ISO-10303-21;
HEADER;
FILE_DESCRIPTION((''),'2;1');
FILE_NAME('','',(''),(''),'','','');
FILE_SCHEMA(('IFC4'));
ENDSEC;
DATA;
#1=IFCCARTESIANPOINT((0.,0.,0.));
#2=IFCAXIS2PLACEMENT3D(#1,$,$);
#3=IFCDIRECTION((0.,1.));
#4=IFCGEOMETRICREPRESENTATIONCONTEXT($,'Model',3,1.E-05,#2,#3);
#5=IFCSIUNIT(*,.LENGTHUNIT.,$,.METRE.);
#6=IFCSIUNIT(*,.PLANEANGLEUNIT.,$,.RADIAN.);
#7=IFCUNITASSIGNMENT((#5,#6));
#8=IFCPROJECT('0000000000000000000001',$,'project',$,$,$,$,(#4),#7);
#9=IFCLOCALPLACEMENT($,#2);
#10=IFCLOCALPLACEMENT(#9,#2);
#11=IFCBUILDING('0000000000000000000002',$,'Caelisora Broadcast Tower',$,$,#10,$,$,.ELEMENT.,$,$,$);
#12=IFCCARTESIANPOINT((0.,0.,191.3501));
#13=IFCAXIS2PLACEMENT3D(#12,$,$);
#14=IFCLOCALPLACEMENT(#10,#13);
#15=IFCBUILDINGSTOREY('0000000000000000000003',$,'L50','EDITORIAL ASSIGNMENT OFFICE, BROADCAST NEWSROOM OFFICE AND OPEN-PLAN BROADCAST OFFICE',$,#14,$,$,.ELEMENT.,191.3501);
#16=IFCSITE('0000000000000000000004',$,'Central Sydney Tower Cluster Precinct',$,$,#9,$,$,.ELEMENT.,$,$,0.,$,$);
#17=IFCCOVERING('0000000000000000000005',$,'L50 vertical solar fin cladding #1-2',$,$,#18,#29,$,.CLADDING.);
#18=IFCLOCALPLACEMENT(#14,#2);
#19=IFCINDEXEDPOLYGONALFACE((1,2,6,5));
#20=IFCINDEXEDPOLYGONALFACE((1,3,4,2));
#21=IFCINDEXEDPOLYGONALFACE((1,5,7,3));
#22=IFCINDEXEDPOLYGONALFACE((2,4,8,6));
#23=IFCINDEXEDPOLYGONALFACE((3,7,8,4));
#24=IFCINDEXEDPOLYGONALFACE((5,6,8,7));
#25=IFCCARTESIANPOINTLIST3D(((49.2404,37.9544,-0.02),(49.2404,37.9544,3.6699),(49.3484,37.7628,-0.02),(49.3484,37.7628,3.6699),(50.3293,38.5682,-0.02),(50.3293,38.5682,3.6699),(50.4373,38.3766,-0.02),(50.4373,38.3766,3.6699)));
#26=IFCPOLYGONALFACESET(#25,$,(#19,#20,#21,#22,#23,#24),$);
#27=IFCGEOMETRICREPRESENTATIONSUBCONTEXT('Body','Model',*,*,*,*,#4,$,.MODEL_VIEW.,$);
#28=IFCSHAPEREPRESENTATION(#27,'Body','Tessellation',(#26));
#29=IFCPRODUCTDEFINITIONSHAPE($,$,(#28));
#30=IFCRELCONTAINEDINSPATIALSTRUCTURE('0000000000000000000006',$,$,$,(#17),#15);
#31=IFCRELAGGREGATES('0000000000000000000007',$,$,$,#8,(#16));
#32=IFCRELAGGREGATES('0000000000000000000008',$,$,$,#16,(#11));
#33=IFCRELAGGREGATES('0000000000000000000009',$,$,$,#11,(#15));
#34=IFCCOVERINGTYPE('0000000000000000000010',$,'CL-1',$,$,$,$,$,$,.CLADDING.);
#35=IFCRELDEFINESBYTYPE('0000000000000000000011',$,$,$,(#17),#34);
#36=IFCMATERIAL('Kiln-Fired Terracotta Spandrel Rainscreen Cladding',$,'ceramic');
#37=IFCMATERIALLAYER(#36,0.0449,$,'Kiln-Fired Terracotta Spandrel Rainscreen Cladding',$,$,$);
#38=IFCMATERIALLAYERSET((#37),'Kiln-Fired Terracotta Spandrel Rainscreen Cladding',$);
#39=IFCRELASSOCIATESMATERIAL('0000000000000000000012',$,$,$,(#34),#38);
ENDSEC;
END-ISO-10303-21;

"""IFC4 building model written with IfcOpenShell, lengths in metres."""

from ifc_helpers import new_model, si_unit, direction, frame, origin, origin_2d, place, context, subcontext, project, spatial, rectangle, extrude, source, transform, mapped, material, layer, layer_set, type_object, type_shapes, element, save


model = new_model("IFC4")

# Units and contexts
model_context = context("Model", 3, precision=1e-05, world=origin(), true_north=direction((0.0, 1.0)))
body_context = subcontext(model_context, "Body", "Model", "MODEL_VIEW")
ifc_project = project(units=[si_unit("LENGTHUNIT", "METRE"), si_unit("PLANEANGLEUNIT", "RADIAN")], contexts=[model_context])

# Site, building, storey
site_placement = place(None, origin())
site = spatial("IfcSite", under=ifc_project, at=site_placement, Name="Central Sydney Tower Cluster Precinct", CompositionType="ELEMENT", RefElevation=0.0)
building_placement = place(site_placement, origin())
building = spatial("IfcBuilding", under=site, at=building_placement, Name="Caelisora Broadcast Tower", CompositionType="ELEMENT")
storey_placement = place(building_placement, frame((0.0, 0.0, 191.3501)))
storey = spatial("IfcBuildingStorey", under=building, at=storey_placement, Name="L50", Description="EDITORIAL ASSIGNMENT OFFICE, BROADCAST NEWSROOM OFFICE AND OPEN-PLAN BROADCAST OFFICE", CompositionType="ELEMENT", Elevation=191.3501)

# Covering
ifc_material_1 = material(Name="Kiln-Fired Terracotta Spandrel Rainscreen Cladding", Category="ceramic")
ifc_layer_1 = layer(ifc_material_1, 0.0449, Name="Kiln-Fired Terracotta Spandrel Rainscreen Cladding")
ifc_layer_set_1 = layer_set([ifc_layer_1], Name="Kiln-Fired Terracotta Spandrel Rainscreen Cladding")
covering_type = type_object("IfcCoveringType", Name="CL-1", PredefinedType="CLADDING", material=ifc_layer_set_1)
shared_shape_1 = source(origin(), body_context, "Body", "SweptSolid", [
    extrude(rectangle(XDim=0.22, YDim=1.25, at=origin_2d()), origin(), (0.0, 0.0, 1.0), 3.6899),
])
type_shapes(covering_type, [shared_shape_1])
for number, where, z_axis, x_axis, name in (
    (1, (49.8389, 38.1655, -0.02), (0.0, 0.0, 1.0), (0.491056, -0.871128, 0.0), "L50 vertical solar fin cladding #1-2"),
):
    element("IfcCovering", number, at=place(storey_placement, frame(where, z_axis=z_axis, x_axis=x_axis)), inside=storey, type_object=covering_type, Name=name, PredefinedType="CLADDING", context=body_context, shape_type="MappedRepresentation", body=[
        mapped(shared_shape_1, transform((0.0, 0.0, 0.0), scale=1.0)),
    ])

save(model, "model.ifc")
